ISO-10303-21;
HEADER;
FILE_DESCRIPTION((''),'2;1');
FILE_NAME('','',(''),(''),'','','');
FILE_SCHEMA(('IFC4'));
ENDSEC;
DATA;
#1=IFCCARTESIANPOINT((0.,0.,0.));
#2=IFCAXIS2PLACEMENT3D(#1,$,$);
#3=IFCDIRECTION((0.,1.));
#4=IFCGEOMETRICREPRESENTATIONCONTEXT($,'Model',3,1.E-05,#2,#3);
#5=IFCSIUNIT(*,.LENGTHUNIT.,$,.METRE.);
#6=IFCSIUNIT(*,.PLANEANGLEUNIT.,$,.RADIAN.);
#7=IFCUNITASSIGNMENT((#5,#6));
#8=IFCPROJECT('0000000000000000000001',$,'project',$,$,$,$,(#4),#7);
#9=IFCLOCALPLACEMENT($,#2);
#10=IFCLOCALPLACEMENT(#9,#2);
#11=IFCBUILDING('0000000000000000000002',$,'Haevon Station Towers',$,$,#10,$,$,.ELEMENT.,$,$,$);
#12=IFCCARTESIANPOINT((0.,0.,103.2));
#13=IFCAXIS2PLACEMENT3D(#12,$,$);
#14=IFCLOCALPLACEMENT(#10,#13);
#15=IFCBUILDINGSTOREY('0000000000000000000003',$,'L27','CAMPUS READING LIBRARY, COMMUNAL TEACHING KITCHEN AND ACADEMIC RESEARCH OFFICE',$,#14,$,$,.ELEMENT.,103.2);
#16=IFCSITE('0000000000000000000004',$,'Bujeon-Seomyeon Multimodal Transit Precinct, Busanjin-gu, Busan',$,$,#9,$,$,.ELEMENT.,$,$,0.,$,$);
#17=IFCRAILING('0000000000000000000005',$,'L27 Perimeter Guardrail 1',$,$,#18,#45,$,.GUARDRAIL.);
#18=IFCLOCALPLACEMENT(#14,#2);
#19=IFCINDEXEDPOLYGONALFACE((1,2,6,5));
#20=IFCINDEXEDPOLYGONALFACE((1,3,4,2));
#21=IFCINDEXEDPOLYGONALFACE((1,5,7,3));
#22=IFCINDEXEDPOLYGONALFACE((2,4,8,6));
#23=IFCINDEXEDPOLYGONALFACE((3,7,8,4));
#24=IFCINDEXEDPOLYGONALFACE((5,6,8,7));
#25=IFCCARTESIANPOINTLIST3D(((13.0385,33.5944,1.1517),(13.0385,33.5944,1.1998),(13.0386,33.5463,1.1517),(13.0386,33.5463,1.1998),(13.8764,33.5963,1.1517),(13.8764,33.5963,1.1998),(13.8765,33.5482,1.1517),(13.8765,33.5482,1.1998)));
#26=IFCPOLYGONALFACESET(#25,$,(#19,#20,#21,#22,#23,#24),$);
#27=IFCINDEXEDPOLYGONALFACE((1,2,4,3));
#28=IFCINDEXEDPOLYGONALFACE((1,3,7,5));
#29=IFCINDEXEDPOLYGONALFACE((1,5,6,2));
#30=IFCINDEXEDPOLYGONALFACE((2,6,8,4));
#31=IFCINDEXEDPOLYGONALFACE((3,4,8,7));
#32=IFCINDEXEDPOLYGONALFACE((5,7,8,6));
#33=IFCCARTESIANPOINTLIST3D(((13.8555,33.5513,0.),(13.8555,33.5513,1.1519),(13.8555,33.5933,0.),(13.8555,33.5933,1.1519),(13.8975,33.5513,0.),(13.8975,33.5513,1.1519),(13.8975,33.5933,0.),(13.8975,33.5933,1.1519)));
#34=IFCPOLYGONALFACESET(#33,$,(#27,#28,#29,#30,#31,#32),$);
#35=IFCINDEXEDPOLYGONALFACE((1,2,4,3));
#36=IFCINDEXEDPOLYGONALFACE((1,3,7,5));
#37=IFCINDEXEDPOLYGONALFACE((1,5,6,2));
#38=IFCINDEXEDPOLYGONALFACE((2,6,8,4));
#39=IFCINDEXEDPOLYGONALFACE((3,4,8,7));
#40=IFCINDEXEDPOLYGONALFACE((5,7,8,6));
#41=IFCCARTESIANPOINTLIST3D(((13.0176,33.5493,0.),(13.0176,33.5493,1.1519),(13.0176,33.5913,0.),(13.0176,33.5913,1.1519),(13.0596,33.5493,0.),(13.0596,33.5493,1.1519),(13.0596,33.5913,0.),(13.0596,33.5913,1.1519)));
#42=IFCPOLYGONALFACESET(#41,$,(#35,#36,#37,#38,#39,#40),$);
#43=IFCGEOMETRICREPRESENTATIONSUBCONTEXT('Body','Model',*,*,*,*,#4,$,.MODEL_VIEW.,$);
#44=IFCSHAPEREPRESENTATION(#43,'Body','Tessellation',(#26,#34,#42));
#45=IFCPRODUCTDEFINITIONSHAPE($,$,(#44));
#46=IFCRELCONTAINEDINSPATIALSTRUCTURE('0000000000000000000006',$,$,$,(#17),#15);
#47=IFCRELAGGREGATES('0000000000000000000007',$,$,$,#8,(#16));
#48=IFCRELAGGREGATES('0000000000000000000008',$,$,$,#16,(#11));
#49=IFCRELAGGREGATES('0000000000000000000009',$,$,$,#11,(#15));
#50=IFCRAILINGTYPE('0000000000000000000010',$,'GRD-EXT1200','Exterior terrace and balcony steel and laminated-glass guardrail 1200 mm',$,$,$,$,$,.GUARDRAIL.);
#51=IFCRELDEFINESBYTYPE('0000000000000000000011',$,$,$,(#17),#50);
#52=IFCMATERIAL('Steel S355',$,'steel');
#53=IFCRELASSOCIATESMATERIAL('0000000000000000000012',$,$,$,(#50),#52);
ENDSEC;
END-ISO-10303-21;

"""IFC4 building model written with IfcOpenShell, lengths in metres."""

from ifc_helpers import new_model, si_unit, direction, frame, origin, origin_2d, place, context, subcontext, project, spatial, rectangle, extrude, material, type_object, element, save


model = new_model("IFC4")

# Units and contexts
model_context = context("Model", 3, precision=1e-05, world=origin(), true_north=direction((0.0, 1.0)))
body_context = subcontext(model_context, "Body", "Model", "MODEL_VIEW")
ifc_project = project(units=[si_unit("LENGTHUNIT", "METRE"), si_unit("PLANEANGLEUNIT", "RADIAN")], contexts=[model_context])

# Site, building, storey
site_placement = place(None, origin())
site = spatial("IfcSite", under=ifc_project, at=site_placement, Name="Bujeon-Seomyeon Multimodal Transit Precinct, Busanjin-gu, Busan", CompositionType="ELEMENT", RefElevation=0.0)
building_placement = place(site_placement, origin())
building = spatial("IfcBuilding", under=site, at=building_placement, Name="Haevon Station Towers", CompositionType="ELEMENT")
storey_placement = place(building_placement, frame((0.0, 0.0, 103.2)))
storey = spatial("IfcBuildingStorey", under=building, at=storey_placement, Name="L27", Description="CAMPUS READING LIBRARY, COMMUNAL TEACHING KITCHEN AND ACADEMIC RESEARCH OFFICE", CompositionType="ELEMENT", Elevation=103.2)

# Shared definitions
ifc_material_1 = material(Name="Steel S355", Category="steel")

# Railing
railing_type = type_object("IfcRailingType", Name="GRD-EXT1200", Description="Exterior terrace and balcony steel and laminated-glass guardrail 1200 mm", PredefinedType="GUARDRAIL", material=ifc_material_1)
railing_placement = place(storey_placement, frame((13.8765, 33.5723, 0.0)))
element("IfcRailing", 1, at=railing_placement, inside=storey, type_object=railing_type, Name="L27 Perimeter Guardrail 1", PredefinedType="GUARDRAIL", context=body_context, shape_type="SweptSolid", body=[
    extrude(rectangle(XDim=0.0481, YDim=0.0481, at=origin_2d()), frame((0.0, 0.0, 1.1758), z_axis=(-0.999997, -0.002331, 0.0), x_axis=(0.002331, -0.999997, 0.0)), (0.0, 0.0, 1.0), 0.8379),
    extrude(rectangle(XDim=0.042, YDim=0.042, at=origin_2d()), origin(), (0.0, 0.0, 1.0), 1.1519),
    extrude(rectangle(XDim=0.042, YDim=0.042, at=origin_2d()), frame((-0.8379, -0.002, 0.0)), (0.0, 0.0, 1.0), 1.1519),
])

save(model, "model.ifc")
